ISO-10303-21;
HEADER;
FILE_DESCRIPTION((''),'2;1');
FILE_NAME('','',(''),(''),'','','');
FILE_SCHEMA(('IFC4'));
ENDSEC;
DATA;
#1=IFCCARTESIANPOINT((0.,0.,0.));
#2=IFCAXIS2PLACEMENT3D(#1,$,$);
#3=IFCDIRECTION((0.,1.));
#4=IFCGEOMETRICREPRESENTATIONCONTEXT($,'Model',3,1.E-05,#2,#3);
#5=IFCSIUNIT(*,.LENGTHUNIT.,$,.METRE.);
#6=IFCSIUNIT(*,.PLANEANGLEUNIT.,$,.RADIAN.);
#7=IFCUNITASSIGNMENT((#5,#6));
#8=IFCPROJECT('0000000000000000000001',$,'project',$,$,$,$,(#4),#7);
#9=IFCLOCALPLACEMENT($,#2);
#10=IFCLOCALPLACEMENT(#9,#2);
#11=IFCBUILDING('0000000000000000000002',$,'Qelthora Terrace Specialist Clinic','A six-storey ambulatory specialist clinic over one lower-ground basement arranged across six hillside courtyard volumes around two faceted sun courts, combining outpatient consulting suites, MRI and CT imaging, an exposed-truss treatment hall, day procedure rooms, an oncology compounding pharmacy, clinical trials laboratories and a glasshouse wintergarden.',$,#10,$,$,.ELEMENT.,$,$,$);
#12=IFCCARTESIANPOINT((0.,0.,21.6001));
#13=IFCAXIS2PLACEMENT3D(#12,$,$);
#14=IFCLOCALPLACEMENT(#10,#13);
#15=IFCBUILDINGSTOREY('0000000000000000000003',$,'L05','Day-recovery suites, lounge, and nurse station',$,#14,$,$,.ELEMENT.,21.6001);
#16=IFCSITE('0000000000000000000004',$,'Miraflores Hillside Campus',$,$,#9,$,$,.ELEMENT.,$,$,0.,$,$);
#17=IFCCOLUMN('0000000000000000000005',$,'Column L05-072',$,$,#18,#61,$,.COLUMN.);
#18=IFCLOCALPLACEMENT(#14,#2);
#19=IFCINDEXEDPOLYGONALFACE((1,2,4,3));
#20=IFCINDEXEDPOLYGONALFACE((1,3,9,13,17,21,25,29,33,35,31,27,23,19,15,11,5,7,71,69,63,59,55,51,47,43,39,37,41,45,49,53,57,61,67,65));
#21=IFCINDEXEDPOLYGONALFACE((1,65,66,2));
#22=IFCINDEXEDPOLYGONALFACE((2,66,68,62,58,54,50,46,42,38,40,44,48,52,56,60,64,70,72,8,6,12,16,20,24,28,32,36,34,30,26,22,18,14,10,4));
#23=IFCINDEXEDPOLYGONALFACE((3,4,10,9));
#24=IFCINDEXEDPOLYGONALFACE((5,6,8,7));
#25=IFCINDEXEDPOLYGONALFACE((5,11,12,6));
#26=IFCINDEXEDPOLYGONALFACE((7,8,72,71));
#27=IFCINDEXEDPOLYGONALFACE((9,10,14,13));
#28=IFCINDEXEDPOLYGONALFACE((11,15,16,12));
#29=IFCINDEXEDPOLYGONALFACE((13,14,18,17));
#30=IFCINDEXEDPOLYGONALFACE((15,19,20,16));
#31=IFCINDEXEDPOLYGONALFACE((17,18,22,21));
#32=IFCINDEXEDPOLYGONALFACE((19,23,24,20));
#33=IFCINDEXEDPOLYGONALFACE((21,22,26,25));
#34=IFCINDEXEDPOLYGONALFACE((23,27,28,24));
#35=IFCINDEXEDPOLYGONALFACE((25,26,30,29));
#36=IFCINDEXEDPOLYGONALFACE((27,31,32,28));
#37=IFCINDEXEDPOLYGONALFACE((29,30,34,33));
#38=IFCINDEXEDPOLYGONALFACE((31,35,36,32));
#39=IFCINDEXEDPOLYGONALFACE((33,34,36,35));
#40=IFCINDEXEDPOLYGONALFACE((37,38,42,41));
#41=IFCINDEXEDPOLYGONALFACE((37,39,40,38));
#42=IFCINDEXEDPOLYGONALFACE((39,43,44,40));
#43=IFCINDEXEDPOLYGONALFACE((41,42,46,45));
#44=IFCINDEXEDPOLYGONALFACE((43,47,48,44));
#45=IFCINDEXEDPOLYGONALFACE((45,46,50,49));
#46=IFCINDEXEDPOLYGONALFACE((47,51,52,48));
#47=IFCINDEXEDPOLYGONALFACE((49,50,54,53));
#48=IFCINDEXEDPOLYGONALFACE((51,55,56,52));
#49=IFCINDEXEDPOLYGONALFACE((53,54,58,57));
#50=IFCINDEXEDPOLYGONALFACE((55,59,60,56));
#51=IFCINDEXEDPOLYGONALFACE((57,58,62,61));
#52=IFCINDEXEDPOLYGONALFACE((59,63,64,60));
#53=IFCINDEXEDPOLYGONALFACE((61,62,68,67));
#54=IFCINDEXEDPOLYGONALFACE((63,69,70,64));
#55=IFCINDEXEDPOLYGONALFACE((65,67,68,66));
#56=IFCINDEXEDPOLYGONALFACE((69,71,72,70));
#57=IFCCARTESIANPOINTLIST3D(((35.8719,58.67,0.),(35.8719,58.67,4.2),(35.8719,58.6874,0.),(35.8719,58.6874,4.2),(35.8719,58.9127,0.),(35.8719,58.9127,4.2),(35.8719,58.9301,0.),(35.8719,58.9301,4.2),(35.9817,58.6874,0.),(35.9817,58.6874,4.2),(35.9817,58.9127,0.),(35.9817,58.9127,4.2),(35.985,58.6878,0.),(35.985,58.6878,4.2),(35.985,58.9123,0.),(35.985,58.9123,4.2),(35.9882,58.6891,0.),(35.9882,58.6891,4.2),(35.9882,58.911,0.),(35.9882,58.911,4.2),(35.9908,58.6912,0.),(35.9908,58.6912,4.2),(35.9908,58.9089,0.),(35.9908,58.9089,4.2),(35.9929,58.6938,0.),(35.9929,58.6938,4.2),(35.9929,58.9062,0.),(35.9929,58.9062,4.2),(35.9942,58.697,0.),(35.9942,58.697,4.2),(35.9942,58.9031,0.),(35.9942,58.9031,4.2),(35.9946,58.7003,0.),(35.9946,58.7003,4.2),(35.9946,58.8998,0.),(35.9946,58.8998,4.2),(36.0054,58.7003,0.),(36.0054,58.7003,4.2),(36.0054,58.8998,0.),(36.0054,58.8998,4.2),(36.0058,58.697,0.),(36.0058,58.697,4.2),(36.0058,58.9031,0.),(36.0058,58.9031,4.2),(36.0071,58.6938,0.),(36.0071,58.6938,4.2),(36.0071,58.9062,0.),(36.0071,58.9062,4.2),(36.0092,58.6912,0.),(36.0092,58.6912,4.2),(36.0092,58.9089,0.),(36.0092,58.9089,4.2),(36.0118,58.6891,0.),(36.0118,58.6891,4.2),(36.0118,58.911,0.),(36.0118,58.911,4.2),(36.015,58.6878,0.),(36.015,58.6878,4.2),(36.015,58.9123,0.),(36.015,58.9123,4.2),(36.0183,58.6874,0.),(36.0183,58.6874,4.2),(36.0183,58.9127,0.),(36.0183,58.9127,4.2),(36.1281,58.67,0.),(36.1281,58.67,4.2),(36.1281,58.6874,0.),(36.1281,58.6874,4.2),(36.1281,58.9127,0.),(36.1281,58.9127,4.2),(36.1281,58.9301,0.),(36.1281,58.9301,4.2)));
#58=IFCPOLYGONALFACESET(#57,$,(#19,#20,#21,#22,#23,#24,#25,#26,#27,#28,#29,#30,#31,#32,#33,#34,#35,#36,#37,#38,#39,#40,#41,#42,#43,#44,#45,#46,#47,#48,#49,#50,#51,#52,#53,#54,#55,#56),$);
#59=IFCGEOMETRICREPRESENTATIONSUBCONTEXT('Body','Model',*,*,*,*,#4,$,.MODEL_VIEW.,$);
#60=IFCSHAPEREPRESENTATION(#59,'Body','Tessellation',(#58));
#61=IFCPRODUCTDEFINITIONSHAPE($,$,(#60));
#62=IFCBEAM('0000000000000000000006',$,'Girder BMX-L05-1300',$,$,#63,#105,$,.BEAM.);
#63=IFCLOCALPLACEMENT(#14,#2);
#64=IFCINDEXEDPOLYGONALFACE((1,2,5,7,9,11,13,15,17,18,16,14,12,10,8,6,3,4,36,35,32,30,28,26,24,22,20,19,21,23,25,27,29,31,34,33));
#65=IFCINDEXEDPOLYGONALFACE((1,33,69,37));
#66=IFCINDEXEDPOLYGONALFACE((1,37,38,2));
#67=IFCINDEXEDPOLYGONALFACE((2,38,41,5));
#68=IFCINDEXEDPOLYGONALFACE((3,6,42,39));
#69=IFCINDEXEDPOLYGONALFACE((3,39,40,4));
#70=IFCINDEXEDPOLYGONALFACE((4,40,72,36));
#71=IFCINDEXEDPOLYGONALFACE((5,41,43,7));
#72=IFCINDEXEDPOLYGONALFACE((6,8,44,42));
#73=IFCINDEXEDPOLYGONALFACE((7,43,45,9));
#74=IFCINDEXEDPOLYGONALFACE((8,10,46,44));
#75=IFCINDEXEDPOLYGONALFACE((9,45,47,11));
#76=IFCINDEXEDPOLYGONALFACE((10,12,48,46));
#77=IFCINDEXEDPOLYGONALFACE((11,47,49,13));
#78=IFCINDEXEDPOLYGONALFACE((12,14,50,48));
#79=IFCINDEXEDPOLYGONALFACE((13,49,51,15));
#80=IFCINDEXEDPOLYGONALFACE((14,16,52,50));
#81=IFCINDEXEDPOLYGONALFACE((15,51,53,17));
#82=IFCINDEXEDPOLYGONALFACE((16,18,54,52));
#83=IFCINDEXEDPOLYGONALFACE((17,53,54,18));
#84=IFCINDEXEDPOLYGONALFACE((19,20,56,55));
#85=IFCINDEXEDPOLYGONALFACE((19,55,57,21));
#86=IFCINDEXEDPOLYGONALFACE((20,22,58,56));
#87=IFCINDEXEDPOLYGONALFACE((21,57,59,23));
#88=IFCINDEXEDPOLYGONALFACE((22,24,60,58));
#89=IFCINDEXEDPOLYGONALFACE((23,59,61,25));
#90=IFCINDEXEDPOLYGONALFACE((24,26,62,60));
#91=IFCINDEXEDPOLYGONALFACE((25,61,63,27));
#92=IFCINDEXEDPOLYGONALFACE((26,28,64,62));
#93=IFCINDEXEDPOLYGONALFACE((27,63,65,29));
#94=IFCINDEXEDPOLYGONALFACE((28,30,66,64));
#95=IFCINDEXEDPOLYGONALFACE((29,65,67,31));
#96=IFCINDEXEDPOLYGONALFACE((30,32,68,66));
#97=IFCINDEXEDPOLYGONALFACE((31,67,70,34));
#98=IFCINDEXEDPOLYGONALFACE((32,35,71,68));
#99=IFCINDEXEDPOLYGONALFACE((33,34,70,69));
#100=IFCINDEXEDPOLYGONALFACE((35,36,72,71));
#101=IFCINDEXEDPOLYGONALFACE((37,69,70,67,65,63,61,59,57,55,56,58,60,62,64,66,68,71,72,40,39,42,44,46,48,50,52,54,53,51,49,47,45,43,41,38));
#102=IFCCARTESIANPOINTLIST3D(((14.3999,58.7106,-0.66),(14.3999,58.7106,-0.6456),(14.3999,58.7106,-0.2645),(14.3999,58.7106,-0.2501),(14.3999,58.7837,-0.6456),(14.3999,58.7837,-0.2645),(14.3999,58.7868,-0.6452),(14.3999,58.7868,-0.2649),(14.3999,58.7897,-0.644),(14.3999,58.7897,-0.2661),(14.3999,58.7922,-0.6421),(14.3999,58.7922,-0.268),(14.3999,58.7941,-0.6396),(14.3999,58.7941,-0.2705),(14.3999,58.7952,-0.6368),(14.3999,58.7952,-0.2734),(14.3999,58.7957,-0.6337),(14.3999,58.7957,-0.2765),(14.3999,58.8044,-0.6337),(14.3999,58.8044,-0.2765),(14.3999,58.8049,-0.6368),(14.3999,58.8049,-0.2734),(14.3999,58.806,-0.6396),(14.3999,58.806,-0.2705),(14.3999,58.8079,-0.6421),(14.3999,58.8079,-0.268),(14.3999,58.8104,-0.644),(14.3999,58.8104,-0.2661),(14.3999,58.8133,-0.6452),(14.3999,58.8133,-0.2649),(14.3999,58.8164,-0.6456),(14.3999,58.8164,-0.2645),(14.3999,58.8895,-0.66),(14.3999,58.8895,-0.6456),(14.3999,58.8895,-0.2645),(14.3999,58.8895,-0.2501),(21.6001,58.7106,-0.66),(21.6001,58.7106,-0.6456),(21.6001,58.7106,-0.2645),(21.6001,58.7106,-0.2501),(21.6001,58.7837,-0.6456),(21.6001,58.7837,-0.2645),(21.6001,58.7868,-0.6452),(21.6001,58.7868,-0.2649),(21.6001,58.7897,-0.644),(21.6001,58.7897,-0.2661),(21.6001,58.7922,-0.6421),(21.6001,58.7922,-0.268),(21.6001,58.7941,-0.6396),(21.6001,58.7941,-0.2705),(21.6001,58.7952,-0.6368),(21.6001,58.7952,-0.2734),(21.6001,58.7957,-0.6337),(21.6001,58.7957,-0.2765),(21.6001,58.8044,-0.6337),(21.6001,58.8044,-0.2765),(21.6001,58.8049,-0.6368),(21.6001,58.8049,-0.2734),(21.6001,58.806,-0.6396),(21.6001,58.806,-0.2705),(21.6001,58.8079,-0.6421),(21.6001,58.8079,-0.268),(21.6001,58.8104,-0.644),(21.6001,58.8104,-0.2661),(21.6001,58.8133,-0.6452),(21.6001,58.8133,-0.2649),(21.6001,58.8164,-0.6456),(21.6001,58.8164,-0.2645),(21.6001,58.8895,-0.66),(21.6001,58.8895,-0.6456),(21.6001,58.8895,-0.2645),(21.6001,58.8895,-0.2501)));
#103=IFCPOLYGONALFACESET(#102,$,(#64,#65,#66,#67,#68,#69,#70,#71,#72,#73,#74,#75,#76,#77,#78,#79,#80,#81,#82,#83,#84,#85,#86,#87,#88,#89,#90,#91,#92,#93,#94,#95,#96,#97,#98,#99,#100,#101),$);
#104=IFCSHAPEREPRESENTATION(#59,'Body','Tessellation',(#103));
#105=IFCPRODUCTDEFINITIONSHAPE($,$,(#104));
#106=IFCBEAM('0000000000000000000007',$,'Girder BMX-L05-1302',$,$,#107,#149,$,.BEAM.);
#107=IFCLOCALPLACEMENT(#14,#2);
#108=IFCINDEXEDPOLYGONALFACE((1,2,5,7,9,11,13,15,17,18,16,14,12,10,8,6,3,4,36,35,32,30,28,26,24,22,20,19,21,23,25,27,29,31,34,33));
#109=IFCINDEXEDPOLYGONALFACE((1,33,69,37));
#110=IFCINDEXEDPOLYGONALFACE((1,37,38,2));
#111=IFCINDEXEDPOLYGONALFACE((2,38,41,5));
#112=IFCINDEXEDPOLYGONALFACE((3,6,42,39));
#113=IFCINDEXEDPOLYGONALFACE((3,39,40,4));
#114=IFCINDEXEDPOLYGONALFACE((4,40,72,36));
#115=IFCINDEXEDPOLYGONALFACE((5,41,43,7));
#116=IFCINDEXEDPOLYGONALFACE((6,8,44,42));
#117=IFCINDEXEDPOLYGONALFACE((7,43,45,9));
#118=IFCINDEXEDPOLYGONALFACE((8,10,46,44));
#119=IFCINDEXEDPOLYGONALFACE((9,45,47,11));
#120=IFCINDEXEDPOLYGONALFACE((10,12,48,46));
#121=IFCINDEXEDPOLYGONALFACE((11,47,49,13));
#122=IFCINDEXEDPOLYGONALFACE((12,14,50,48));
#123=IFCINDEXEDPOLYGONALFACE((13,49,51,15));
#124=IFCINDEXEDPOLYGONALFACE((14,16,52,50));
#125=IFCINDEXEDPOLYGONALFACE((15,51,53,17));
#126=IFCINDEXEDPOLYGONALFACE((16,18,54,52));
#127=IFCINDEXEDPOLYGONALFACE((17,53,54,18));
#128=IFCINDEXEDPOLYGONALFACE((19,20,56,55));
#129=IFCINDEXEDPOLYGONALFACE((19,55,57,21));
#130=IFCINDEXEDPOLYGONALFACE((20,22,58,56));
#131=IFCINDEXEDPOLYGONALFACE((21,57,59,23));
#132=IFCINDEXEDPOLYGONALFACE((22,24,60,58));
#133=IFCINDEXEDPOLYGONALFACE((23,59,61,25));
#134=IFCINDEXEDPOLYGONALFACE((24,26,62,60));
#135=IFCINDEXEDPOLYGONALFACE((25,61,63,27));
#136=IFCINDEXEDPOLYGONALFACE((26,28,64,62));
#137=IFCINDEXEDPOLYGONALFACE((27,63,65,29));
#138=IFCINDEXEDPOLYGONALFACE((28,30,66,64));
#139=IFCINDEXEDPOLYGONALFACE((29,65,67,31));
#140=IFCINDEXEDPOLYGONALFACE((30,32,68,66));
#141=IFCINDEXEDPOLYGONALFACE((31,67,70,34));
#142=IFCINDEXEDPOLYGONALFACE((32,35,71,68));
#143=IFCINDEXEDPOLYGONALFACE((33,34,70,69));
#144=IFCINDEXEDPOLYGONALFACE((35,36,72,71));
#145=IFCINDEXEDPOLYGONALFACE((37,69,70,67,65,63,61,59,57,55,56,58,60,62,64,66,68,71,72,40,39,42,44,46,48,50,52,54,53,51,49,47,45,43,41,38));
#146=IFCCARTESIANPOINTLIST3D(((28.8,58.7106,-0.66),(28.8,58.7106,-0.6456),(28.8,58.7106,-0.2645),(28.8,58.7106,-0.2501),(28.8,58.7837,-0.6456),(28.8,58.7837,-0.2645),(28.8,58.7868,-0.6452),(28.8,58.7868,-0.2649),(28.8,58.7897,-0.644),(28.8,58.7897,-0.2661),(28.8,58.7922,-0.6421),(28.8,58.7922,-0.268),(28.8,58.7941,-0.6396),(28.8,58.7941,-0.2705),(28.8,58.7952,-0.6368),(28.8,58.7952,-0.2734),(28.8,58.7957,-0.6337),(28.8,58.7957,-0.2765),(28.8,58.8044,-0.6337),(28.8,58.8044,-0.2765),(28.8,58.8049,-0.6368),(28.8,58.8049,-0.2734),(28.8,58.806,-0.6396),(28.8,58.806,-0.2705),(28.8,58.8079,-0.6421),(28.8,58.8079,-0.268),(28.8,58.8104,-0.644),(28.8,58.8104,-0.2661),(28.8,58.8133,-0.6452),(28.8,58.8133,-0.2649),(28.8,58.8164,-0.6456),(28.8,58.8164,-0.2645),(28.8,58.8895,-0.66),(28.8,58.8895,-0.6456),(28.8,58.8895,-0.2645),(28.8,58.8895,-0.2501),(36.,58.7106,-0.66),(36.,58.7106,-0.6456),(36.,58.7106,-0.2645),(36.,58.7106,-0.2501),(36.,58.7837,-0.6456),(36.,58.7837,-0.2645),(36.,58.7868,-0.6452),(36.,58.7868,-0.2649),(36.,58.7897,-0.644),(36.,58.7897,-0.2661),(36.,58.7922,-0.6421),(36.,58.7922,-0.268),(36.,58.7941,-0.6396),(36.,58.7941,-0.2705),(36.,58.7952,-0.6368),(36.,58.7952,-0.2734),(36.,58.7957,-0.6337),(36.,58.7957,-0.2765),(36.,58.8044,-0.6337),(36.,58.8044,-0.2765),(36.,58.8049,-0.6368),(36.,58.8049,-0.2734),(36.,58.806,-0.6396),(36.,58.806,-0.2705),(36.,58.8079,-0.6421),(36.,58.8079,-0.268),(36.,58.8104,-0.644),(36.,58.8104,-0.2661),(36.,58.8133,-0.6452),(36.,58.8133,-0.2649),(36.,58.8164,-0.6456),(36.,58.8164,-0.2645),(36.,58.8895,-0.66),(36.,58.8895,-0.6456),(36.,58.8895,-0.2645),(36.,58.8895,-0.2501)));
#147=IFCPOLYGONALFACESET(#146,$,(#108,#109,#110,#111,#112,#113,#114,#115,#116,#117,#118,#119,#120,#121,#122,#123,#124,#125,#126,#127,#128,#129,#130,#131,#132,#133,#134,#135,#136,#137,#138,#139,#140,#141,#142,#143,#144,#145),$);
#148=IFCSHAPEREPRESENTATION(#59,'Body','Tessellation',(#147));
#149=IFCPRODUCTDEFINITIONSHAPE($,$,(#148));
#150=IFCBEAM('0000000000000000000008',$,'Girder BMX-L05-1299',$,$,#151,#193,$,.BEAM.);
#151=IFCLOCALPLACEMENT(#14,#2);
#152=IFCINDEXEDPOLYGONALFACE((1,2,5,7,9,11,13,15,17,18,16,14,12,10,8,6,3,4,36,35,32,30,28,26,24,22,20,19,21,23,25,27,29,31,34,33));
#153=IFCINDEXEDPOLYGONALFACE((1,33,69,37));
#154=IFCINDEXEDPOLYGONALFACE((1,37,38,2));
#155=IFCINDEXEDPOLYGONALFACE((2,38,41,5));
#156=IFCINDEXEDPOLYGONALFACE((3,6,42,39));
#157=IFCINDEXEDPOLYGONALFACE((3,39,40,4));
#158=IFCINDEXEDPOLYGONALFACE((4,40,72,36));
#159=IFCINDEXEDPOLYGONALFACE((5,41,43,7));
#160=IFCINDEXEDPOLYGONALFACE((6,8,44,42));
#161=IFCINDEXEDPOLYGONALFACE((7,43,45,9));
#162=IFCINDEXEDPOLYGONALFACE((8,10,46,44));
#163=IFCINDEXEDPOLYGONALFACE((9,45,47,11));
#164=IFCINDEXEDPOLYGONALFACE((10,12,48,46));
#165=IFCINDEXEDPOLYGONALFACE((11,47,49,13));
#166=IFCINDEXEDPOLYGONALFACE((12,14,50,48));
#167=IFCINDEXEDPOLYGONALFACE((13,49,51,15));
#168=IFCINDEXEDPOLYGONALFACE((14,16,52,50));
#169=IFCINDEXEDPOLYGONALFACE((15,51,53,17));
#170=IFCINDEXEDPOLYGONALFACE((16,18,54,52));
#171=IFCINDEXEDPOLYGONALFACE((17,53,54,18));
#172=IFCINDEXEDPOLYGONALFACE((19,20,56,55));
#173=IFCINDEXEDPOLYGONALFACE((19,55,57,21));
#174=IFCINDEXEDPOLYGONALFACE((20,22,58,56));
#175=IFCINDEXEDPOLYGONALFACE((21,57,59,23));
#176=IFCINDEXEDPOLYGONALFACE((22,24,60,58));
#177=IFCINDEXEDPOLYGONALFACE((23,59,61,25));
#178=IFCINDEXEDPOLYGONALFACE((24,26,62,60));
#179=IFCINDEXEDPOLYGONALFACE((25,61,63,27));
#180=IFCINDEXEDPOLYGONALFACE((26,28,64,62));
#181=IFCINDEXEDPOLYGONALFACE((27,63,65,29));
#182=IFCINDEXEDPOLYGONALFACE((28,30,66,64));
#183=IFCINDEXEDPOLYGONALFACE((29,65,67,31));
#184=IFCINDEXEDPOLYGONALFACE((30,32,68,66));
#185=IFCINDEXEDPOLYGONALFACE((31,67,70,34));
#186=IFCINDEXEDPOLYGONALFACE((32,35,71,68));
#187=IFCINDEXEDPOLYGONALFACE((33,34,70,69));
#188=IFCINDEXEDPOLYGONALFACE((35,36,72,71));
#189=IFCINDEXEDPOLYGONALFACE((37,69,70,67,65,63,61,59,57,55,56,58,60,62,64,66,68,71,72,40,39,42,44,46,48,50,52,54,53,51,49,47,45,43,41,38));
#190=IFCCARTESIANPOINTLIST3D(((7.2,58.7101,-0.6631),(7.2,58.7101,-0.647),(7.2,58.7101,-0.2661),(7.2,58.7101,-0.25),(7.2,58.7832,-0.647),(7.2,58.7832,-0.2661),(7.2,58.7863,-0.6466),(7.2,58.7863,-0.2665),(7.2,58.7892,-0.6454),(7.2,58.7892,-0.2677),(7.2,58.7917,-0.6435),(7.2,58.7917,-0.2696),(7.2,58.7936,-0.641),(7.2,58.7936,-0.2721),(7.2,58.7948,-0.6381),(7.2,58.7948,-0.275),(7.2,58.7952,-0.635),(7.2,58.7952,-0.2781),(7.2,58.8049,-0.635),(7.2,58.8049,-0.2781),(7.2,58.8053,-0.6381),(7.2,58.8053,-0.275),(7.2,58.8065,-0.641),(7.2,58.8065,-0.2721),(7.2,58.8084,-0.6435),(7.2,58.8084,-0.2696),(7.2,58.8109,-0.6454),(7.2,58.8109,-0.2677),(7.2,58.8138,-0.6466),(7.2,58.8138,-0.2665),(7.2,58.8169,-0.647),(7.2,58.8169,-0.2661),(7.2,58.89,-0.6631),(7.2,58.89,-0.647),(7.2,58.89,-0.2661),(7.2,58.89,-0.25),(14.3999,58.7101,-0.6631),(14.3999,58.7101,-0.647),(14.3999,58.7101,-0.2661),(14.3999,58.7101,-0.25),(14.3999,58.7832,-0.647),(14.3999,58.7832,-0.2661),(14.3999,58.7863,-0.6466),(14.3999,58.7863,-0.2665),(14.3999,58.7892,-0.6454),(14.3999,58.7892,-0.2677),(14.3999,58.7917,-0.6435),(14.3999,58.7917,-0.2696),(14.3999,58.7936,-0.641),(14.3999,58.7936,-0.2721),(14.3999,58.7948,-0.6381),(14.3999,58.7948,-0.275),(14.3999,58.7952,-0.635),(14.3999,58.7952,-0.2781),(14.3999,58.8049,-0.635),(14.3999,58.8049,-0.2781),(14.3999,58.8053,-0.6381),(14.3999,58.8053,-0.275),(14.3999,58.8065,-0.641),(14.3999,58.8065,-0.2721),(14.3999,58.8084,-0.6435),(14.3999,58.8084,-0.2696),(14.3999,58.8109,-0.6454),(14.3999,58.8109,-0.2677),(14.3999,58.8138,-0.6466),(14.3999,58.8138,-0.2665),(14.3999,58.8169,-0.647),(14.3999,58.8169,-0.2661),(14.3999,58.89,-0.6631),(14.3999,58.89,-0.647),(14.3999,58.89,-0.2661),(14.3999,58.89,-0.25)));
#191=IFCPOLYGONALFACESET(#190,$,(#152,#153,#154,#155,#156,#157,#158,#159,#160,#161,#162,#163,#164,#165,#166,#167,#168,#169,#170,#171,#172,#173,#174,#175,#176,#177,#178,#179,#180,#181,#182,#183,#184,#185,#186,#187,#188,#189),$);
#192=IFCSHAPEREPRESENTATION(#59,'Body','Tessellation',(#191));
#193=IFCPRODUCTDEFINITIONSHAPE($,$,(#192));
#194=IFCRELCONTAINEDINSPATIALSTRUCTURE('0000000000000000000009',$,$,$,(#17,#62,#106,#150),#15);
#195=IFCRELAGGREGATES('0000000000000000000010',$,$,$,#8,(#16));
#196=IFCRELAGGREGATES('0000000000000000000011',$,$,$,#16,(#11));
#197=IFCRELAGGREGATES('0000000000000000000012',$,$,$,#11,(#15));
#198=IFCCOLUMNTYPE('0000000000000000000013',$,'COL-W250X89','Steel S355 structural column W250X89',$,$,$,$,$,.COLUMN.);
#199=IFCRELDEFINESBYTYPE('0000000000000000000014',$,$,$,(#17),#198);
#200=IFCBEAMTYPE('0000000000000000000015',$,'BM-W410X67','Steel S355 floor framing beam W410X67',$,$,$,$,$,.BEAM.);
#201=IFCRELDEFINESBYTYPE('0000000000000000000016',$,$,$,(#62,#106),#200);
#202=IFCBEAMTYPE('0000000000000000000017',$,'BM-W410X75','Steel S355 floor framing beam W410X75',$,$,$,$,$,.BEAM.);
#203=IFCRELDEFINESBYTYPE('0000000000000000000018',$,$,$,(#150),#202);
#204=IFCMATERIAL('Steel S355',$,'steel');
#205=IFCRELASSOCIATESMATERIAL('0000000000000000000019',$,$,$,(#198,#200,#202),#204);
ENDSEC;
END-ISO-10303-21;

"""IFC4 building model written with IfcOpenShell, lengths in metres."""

from ifc_helpers import new_model, si_unit, direction, frame, origin, origin_2d, place, context, subcontext, project, spatial, i_section, extrude, material, material_profile, profile_set, type_object, element, save


model = new_model("IFC4")

# Units and contexts
model_context = context("Model", 3, precision=1e-05, world=origin(), true_north=direction((0.0, 1.0)))
body_context = subcontext(model_context, "Body", "Model", "MODEL_VIEW")
ifc_project = project(units=[si_unit("LENGTHUNIT", "METRE"), si_unit("PLANEANGLEUNIT", "RADIAN")], contexts=[model_context])

# Site, building, storey
site_placement = place(None, origin())
site = spatial("IfcSite", under=ifc_project, at=site_placement, Name="Miraflores Hillside Campus", CompositionType="ELEMENT", RefElevation=0.0)
building_placement = place(site_placement, origin())
building = spatial("IfcBuilding", under=site, at=building_placement, Name="Qelthora Terrace Specialist Clinic", Description="A six-storey ambulatory specialist clinic over one lower-ground basement arranged across six hillside courtyard volumes around two faceted sun courts, combining outpatient consulting suites, MRI and CT imaging, an exposed-truss treatment hall, day procedure rooms, an oncology compounding pharmacy, clinical trials laboratories and a glasshouse wintergarden.", CompositionType="ELEMENT")
storey_placement = place(building_placement, frame((0.0, 0.0, 21.6001)))
storey = spatial("IfcBuildingStorey", under=building, at=storey_placement, Name="L05", Description="Day-recovery suites, lounge, and nurse station", CompositionType="ELEMENT", Elevation=21.6001)

# Column
ifc_material_1 = material(Name="Steel S355", Category="steel")
ifc_material_profile_1 = material_profile(ifc_material_1, i_section(OverallWidth=0.2561, OverallDepth=0.26, WebThickness=0.0107, FlangeThickness=0.0173, FilletRadius=0.0129, at=origin_2d()), Name="W250X89")
ifc_profile_set_1 = profile_set([ifc_material_profile_1], Name="Steel S355")
column_type_1 = type_object("IfcColumnType", Name="COL-W250X89", Description="Steel S355 structural column W250X89", PredefinedType="COLUMN", material=ifc_profile_set_1)
for number, where, z_axis, x_axis, name in (
    (1, (36.0, 58.8, 0.0), (0.0, 0.0, 1.0), (1.0, 0.0, 0.0), "Column L05-072"),
):
    element("IfcColumn", number, at=place(storey_placement, frame(where, z_axis=z_axis, x_axis=x_axis)), inside=storey, type_object=column_type_1, Name=name, PredefinedType="COLUMN", context=body_context, shape_type="SweptSolid", body=[
        extrude(i_section(OverallWidth=0.2561, OverallDepth=0.26, WebThickness=0.0107, FlangeThickness=0.0173, FilletRadius=0.0129, at=origin_2d()), origin(), (0.0, 0.0, 1.0), 4.2),
    ])

# Beams
ifc_material_profile_2 = material_profile(ifc_material_1, i_section(OverallWidth=0.179, OverallDepth=0.4099, WebThickness=0.0088, FlangeThickness=0.0144, FilletRadius=0.012, at=origin_2d()), Name="W410X67")
ifc_profile_set_2 = profile_set([ifc_material_profile_2], Name="Steel S355")
beam_type_1 = type_object("IfcBeamType", Name="BM-W410X67", Description="Steel S355 floor framing beam W410X67", PredefinedType="BEAM", material=ifc_profile_set_2)
beam_1_placement = place(storey_placement, frame((14.3999, 58.8, -0.4551), z_axis=(1.0, 0.0, 0.0), x_axis=(0.0, 1.0, 0.0)))
element("IfcBeam", 2, at=beam_1_placement, inside=storey, type_object=beam_type_1, Name="Girder BMX-L05-1300", PredefinedType="BEAM", context=body_context, shape_type="SweptSolid", body=[
    extrude(i_section(OverallWidth=0.179, OverallDepth=0.4099, WebThickness=0.0088, FlangeThickness=0.0144, FilletRadius=0.012, at=origin_2d()), origin(), (0.0, 0.0, 1.0), 7.2002),
])
beam_2_placement = place(storey_placement, frame((28.8, 58.8, -0.4551), z_axis=(1.0, 0.0, 0.0), x_axis=(0.0, 1.0, 0.0)))
element("IfcBeam", 3, at=beam_2_placement, inside=storey, type_object=beam_type_1, Name="Girder BMX-L05-1302", PredefinedType="BEAM", context=body_context, shape_type="SweptSolid", body=[
    extrude(i_section(OverallWidth=0.179, OverallDepth=0.4099, WebThickness=0.0088, FlangeThickness=0.0144, FilletRadius=0.012, at=origin_2d()), origin(), (0.0, 0.0, 1.0), 7.2),
])
ifc_material_profile_3 = material_profile(ifc_material_1, i_section(OverallWidth=0.1799, OverallDepth=0.4131, WebThickness=0.0098, FlangeThickness=0.0161, FilletRadius=0.012, at=origin_2d()), Name="W410X75")
ifc_profile_set_3 = profile_set([ifc_material_profile_3], Name="Steel S355")
beam_type_2 = type_object("IfcBeamType", Name="BM-W410X75", Description="Steel S355 floor framing beam W410X75", PredefinedType="BEAM", material=ifc_profile_set_3)
beam_3_placement = place(storey_placement, frame((7.2, 58.8, -0.4565), z_axis=(1.0, 0.0, 0.0), x_axis=(0.0, 1.0, 0.0)))
element("IfcBeam", 4, at=beam_3_placement, inside=storey, type_object=beam_type_2, Name="Girder BMX-L05-1299", PredefinedType="BEAM", context=body_context, shape_type="SweptSolid", body=[
    extrude(i_section(OverallWidth=0.1799, OverallDepth=0.4131, WebThickness=0.0098, FlangeThickness=0.0161, FilletRadius=0.012, at=origin_2d()), origin(), (0.0, 0.0, 1.0), 7.2),
])

save(model, "model.ifc")
